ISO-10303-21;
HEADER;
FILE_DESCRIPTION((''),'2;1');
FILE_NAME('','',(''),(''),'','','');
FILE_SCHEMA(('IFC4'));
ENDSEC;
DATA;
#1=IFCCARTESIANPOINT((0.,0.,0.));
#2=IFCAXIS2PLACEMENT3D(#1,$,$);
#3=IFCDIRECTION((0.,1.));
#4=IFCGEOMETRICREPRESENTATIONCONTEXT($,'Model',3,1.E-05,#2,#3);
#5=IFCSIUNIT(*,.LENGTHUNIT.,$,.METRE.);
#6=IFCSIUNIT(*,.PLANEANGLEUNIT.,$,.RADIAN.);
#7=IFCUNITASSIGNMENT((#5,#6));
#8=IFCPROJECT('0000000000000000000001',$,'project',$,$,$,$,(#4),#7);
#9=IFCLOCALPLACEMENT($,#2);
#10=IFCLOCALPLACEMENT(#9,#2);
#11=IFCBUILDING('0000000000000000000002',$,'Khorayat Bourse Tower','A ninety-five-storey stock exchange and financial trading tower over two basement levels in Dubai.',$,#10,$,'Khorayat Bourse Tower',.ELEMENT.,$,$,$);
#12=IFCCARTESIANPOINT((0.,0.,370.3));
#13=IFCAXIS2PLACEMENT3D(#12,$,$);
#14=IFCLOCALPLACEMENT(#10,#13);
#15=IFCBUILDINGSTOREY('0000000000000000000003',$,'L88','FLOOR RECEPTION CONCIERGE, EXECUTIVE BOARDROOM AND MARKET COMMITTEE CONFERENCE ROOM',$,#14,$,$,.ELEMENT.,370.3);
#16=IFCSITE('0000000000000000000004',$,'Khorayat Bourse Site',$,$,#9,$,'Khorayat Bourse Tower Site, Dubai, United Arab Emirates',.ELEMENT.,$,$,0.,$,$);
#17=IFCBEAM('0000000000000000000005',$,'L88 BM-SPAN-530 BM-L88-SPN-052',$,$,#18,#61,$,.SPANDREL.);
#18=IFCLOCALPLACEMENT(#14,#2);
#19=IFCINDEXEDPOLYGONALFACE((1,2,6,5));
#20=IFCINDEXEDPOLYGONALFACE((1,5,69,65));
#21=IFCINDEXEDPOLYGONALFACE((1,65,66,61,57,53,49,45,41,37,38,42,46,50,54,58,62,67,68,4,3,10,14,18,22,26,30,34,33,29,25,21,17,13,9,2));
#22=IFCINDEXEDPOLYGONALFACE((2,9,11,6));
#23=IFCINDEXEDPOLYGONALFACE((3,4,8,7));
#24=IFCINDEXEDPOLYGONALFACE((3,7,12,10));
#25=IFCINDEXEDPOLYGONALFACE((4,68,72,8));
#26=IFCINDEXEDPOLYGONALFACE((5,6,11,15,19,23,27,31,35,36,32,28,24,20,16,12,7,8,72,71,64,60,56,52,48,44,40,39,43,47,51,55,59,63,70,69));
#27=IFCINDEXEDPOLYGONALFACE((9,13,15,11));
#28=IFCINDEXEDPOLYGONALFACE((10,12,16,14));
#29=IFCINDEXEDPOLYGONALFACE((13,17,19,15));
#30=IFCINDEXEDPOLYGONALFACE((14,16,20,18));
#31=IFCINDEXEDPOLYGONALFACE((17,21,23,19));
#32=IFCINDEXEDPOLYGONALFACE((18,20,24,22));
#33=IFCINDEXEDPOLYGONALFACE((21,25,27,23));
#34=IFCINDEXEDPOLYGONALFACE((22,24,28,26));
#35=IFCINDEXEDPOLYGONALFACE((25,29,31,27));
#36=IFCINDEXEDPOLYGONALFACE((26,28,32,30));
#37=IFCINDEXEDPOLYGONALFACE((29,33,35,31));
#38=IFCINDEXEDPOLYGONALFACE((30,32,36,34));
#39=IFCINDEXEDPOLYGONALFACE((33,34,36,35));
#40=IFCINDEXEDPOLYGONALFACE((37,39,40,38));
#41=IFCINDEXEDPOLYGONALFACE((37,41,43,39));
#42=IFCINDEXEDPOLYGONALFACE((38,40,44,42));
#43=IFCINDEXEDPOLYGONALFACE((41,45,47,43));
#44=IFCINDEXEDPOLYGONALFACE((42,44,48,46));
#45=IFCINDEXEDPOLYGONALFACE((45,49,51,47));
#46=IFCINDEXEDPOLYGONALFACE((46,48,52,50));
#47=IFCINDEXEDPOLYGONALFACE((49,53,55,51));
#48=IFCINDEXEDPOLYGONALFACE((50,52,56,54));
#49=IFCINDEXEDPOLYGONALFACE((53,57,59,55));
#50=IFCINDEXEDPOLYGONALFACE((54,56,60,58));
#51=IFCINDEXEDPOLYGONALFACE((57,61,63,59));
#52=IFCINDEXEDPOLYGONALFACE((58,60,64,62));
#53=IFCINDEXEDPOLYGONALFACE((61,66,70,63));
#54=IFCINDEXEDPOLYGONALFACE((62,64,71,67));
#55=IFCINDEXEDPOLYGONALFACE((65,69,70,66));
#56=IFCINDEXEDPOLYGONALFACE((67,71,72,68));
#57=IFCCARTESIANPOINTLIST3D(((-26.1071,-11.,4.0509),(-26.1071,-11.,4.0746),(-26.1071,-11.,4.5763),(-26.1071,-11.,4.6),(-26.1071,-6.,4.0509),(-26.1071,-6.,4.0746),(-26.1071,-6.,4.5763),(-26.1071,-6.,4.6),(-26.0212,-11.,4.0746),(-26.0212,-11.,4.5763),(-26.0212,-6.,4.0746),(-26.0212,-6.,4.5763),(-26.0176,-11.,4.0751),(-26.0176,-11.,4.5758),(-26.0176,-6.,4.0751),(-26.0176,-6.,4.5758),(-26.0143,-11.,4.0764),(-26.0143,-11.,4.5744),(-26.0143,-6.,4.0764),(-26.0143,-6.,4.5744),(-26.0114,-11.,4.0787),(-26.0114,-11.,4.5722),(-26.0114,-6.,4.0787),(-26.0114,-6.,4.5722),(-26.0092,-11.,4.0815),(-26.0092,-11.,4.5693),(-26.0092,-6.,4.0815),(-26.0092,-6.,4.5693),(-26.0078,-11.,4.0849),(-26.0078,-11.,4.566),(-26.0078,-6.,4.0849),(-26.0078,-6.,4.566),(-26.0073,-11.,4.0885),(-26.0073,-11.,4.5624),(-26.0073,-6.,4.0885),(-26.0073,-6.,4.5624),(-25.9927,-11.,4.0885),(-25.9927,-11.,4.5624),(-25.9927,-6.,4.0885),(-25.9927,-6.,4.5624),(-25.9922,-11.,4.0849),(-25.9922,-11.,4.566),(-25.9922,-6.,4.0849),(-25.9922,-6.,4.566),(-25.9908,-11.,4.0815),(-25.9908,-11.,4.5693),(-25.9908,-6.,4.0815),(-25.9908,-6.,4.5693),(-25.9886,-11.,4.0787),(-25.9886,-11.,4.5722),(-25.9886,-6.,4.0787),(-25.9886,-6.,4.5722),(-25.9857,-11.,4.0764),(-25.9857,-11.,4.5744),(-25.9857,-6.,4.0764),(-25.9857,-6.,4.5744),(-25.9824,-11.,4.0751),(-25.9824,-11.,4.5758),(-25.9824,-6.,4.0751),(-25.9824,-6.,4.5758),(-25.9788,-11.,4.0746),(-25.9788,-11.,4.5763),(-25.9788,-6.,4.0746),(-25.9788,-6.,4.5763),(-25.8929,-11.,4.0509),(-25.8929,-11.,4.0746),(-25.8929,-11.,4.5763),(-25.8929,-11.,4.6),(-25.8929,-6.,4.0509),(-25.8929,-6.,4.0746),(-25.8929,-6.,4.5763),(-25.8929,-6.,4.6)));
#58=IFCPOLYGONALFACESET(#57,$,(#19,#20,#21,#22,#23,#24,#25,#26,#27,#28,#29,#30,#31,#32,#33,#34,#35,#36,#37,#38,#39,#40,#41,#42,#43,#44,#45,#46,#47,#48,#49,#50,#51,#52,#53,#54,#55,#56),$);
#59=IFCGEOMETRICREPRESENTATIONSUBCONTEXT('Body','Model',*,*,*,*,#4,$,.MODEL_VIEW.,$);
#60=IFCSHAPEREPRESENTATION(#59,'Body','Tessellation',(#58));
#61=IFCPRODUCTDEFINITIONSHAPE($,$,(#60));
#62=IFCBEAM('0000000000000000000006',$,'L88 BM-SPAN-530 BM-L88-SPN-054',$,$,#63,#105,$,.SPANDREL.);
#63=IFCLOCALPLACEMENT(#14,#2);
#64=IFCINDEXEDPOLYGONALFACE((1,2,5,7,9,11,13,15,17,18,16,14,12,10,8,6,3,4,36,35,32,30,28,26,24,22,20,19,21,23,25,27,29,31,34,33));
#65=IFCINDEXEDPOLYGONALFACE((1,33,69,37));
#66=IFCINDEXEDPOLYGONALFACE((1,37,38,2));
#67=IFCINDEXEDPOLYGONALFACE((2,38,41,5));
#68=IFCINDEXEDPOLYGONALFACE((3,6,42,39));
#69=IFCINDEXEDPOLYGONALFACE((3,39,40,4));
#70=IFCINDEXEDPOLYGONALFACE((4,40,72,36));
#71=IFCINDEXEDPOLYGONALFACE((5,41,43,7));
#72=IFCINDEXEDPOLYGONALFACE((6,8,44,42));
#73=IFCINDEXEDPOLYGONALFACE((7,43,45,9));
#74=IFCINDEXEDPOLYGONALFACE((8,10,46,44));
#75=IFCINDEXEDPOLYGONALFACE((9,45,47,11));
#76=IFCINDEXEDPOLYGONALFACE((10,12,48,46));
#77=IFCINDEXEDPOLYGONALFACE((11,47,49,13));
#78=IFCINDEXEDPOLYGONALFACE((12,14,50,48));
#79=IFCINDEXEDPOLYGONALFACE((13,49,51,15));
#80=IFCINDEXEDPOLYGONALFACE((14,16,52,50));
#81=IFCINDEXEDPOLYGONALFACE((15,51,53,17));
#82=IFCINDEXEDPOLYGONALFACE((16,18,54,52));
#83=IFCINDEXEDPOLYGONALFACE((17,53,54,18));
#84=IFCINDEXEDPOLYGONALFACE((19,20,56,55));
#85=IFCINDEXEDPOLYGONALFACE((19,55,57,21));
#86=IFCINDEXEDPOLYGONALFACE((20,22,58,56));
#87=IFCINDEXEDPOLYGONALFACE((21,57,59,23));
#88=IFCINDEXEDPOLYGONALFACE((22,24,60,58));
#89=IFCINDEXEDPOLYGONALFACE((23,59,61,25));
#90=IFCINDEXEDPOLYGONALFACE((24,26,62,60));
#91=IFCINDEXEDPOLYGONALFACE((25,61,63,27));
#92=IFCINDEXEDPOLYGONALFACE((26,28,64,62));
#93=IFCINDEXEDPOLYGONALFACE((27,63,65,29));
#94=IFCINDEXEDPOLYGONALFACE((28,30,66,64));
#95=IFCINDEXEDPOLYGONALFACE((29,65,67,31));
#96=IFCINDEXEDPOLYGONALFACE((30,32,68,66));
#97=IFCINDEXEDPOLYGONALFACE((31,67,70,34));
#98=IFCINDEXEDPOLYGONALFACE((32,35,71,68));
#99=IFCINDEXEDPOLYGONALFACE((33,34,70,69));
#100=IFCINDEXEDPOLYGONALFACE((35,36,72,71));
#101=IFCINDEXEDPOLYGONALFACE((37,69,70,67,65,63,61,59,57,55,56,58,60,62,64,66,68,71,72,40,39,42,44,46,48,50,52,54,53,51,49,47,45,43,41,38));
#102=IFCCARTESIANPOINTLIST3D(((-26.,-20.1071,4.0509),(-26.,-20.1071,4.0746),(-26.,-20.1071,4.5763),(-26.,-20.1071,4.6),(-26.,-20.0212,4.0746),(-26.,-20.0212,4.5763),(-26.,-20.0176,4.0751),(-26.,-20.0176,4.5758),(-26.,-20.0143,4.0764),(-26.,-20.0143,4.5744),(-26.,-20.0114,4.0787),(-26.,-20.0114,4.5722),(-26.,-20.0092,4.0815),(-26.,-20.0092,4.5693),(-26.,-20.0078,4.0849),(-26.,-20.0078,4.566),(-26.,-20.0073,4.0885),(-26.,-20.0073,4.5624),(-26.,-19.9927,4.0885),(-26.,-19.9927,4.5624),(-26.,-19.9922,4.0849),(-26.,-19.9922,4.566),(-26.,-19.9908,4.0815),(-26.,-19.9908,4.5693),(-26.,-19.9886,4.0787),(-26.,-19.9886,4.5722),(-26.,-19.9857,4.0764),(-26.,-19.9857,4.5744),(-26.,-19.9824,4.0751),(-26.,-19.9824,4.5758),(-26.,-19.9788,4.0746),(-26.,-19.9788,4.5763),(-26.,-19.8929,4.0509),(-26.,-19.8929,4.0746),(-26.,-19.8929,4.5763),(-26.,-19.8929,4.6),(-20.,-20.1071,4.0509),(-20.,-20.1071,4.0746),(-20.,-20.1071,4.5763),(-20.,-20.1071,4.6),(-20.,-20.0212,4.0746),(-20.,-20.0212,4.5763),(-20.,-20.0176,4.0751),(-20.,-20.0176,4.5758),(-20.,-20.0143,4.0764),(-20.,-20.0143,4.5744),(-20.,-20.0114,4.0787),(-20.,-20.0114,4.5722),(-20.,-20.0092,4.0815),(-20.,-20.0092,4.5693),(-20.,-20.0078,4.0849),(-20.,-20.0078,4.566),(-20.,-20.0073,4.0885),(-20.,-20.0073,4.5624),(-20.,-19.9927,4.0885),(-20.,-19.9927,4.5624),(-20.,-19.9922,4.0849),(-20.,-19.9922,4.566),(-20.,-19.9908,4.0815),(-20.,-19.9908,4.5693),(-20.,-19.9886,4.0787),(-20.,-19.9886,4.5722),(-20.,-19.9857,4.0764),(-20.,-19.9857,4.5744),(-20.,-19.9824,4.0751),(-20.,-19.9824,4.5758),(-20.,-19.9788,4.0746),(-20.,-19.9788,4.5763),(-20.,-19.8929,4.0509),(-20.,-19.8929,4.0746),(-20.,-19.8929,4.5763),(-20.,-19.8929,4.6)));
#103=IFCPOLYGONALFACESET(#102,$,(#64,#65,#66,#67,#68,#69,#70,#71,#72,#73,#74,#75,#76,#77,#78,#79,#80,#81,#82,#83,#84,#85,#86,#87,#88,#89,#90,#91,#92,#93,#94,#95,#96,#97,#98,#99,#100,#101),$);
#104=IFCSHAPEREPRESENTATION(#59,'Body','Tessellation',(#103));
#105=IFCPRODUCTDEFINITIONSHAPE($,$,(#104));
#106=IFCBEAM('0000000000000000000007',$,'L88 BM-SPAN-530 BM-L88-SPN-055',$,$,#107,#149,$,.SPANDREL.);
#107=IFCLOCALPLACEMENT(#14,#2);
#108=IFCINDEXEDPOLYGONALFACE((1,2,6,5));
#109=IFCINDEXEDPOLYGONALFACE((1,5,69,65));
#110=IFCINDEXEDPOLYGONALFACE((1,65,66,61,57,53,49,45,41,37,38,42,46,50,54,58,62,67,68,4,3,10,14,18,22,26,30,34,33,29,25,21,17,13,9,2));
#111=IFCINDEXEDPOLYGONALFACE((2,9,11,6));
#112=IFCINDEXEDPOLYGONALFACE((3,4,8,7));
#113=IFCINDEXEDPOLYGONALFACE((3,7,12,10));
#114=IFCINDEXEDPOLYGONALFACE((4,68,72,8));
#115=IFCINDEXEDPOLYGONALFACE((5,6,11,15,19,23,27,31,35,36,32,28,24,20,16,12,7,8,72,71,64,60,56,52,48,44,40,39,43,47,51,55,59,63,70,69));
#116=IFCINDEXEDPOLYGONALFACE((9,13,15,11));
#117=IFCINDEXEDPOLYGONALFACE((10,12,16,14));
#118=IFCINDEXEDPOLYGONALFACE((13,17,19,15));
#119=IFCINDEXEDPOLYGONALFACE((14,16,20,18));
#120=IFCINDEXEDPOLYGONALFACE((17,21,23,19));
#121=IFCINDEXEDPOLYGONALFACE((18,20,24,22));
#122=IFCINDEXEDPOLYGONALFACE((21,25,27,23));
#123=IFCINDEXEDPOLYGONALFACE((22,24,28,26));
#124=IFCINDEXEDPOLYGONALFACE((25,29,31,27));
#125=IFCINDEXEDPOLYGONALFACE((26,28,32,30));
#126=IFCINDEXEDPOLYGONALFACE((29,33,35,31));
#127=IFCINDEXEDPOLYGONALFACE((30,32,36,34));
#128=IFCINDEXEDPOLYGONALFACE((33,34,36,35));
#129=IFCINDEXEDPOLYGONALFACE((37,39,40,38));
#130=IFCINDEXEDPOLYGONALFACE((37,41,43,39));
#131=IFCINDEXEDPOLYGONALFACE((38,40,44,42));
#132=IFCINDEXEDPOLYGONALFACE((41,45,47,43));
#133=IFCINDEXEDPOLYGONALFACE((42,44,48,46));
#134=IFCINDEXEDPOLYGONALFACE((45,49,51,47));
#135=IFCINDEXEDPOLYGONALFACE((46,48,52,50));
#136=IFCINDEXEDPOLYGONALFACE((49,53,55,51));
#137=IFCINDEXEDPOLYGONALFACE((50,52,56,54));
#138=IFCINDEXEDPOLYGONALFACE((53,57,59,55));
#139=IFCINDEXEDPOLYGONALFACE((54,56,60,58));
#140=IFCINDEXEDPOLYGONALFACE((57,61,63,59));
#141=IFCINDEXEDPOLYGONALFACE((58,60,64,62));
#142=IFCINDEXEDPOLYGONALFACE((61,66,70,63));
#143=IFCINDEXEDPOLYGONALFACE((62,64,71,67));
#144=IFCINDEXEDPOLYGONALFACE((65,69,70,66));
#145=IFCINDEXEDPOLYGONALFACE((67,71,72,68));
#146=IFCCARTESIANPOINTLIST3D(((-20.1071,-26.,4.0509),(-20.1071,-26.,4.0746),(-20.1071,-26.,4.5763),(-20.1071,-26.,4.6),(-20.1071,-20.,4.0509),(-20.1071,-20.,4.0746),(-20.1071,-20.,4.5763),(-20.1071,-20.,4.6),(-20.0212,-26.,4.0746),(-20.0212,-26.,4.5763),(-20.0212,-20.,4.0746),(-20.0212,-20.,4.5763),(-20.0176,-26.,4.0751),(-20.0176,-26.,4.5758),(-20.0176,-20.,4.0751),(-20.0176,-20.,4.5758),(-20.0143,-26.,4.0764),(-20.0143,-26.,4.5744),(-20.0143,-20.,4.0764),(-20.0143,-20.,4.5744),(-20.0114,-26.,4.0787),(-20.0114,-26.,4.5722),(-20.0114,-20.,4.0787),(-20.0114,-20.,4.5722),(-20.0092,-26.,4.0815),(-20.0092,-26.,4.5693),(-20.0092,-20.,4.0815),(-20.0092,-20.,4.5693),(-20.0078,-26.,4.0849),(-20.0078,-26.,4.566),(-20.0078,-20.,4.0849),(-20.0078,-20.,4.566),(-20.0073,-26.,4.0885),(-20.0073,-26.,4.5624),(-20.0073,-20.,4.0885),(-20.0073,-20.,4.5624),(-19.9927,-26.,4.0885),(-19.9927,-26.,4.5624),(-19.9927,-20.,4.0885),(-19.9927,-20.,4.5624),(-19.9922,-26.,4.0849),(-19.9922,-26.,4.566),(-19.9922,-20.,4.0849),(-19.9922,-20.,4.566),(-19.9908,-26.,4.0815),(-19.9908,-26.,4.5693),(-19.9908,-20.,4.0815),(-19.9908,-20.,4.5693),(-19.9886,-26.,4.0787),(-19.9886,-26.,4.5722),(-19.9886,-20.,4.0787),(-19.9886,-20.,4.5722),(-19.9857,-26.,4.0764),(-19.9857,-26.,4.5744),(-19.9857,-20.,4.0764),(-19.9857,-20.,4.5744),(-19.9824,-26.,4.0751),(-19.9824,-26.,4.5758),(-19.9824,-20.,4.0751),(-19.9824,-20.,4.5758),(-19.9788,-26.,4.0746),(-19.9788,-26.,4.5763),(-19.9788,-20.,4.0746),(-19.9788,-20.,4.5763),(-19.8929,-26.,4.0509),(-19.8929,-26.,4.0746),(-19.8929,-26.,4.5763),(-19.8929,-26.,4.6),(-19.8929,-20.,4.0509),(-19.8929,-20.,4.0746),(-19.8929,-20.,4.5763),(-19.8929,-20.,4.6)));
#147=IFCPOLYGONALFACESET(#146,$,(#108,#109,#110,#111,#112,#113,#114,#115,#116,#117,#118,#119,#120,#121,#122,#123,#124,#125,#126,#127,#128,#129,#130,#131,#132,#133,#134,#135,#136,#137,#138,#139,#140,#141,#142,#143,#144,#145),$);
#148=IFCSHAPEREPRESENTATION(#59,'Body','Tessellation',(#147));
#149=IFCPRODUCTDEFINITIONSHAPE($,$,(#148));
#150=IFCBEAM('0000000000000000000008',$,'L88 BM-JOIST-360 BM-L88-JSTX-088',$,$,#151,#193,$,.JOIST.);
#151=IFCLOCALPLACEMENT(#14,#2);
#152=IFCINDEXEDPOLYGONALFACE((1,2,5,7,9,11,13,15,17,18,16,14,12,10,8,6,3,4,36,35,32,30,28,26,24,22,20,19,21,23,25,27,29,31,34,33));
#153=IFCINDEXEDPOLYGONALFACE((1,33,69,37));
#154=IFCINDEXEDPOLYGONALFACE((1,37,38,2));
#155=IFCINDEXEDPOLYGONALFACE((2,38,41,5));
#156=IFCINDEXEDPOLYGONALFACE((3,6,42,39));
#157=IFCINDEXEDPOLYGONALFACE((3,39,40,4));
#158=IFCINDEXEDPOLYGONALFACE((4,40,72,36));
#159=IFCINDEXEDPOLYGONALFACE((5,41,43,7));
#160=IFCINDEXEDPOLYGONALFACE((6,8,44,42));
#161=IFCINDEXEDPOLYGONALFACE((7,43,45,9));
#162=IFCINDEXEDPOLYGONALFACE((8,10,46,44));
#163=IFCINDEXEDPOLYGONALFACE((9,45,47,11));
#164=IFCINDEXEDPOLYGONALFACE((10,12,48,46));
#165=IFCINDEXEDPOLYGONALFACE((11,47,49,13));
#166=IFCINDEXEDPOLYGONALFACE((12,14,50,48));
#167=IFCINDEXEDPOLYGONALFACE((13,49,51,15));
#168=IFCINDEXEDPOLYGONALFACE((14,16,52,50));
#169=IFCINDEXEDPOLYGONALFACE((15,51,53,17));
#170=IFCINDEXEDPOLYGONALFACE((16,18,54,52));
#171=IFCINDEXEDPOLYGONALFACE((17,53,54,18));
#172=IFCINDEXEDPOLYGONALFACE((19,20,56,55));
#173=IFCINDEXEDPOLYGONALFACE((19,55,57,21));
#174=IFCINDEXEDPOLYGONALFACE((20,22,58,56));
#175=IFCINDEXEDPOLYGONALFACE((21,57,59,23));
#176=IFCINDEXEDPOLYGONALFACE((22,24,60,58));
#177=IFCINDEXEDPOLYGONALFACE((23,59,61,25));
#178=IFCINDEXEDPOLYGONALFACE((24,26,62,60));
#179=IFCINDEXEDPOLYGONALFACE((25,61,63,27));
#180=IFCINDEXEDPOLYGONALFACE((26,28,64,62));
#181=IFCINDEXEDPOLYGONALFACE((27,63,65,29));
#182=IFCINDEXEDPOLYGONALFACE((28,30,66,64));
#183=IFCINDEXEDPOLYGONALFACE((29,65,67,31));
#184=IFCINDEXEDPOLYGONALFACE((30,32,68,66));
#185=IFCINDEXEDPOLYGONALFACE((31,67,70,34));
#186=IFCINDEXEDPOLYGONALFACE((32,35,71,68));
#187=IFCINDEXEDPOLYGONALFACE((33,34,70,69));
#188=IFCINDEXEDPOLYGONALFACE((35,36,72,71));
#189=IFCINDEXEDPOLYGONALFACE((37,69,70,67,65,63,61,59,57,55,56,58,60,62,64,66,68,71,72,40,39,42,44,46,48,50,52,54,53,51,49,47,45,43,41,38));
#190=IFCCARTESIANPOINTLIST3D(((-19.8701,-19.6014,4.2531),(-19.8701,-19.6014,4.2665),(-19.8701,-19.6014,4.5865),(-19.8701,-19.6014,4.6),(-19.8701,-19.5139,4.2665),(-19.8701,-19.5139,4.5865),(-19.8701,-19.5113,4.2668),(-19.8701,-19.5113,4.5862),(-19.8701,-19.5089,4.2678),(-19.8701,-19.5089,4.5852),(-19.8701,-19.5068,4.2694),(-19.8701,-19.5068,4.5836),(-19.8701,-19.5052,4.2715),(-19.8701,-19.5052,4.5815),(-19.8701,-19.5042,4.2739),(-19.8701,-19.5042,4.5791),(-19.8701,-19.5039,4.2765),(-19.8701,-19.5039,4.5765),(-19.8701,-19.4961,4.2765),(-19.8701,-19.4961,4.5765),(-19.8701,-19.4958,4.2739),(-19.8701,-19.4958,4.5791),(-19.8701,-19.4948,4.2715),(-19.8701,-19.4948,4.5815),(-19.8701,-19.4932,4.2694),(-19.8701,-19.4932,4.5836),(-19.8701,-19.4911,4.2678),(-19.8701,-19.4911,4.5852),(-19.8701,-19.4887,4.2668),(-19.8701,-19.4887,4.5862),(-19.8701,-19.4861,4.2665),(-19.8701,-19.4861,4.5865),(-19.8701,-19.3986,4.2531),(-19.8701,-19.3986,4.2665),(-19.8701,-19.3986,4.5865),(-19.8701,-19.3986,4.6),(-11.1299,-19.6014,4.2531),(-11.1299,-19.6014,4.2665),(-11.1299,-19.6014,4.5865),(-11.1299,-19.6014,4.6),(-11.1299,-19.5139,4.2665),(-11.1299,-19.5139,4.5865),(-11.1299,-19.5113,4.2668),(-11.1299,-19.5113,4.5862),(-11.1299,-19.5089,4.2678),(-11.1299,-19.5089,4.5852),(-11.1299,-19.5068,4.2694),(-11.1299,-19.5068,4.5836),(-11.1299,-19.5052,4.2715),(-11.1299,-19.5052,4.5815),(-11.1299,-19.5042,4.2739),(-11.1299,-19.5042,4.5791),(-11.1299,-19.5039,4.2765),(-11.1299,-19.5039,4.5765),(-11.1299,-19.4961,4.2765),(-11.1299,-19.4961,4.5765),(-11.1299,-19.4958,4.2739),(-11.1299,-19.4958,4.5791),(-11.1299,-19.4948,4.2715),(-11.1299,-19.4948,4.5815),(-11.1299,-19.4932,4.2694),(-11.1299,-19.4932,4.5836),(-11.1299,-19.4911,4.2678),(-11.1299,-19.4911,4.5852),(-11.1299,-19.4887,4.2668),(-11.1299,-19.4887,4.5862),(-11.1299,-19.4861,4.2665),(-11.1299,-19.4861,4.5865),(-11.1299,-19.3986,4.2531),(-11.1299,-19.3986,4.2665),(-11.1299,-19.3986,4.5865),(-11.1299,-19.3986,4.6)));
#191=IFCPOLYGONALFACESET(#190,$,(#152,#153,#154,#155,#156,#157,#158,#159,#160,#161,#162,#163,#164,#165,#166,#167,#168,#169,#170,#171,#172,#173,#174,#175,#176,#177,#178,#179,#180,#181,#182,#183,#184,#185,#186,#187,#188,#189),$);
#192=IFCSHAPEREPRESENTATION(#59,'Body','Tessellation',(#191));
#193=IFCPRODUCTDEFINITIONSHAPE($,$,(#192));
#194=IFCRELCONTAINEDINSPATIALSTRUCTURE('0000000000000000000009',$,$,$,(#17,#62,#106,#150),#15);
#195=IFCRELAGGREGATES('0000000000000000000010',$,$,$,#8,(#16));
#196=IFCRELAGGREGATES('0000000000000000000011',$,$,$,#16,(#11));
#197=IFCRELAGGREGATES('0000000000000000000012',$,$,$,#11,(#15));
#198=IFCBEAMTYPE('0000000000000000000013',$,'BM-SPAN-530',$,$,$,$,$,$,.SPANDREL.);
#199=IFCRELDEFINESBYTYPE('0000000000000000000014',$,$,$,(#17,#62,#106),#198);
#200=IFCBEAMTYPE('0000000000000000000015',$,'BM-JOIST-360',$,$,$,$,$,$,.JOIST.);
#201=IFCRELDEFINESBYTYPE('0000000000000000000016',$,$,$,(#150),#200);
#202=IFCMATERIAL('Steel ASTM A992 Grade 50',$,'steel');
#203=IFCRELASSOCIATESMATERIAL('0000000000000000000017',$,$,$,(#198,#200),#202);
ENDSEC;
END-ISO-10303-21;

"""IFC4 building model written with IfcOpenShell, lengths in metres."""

from ifc_helpers import new_model, si_unit, direction, frame, origin, origin_2d, place, context, subcontext, project, spatial, i_section, extrude, source, transform, mapped, material, material_profile, profile_set, type_object, element, save


model = new_model("IFC4")

# Units and contexts
model_context = context("Model", 3, precision=1e-05, world=origin(), true_north=direction((0.0, 1.0)))
body_context = subcontext(model_context, "Body", "Model", "MODEL_VIEW")
ifc_project = project(units=[si_unit("LENGTHUNIT", "METRE"), si_unit("PLANEANGLEUNIT", "RADIAN")], contexts=[model_context])

# Site, building, storey
site_placement = place(None, origin())
site = spatial("IfcSite", under=ifc_project, at=site_placement, Name="Khorayat Bourse Site", LongName="Khorayat Bourse Tower Site, Dubai, United Arab Emirates", CompositionType="ELEMENT", RefElevation=0.0)
building_placement = place(site_placement, origin())
building = spatial("IfcBuilding", under=site, at=building_placement, Name="Khorayat Bourse Tower", Description="A ninety-five-storey stock exchange and financial trading tower over two basement levels in Dubai.", LongName="Khorayat Bourse Tower", CompositionType="ELEMENT")
storey_placement = place(building_placement, frame((0.0, 0.0, 370.3)))
storey = spatial("IfcBuildingStorey", under=building, at=storey_placement, Name="L88", Description="FLOOR RECEPTION CONCIERGE, EXECUTIVE BOARDROOM AND MARKET COMMITTEE CONFERENCE ROOM", CompositionType="ELEMENT", Elevation=370.3)

# Beams
ifc_material_1 = material(Name="Steel ASTM A992 Grade 50", Category="steel")
ifc_material_profile_1 = material_profile(ifc_material_1, i_section(OverallWidth=0.2141, OverallDepth=0.5491, WebThickness=0.0146, FlangeThickness=0.0237, FilletRadius=0.0139, at=origin_2d()), Name="W530X138")
ifc_profile_set_1 = profile_set([ifc_material_profile_1], Name="Steel ASTM A992 Grade 50")
beam_type_1 = type_object("IfcBeamType", Name="BM-SPAN-530", PredefinedType="SPANDREL", material=ifc_profile_set_1)
shared_shape_1 = source(origin(), body_context, "Body", "SweptSolid", [
    extrude(i_section(OverallWidth=0.2141, OverallDepth=0.5491, WebThickness=0.0146, FlangeThickness=0.0237, FilletRadius=0.0139, at=origin_2d()), origin(), (0.0, 0.0, 1.0), 5.0),
])
beam_1_placement = place(storey_placement, frame((-26.0, -11.0, 4.3254), z_axis=(0.0, 1.0, 0.0), x_axis=(-1.0, 0.0, 0.0)))
element("IfcBeam", 1, at=beam_1_placement, inside=storey, type_object=beam_type_1, Name="L88 BM-SPAN-530 BM-L88-SPN-052", PredefinedType="SPANDREL", context=body_context, shape_type="MappedRepresentation", body=[
    mapped(shared_shape_1, transform((0.0, 0.0, 0.0), scale=1.0)),
])
shared_shape_2 = source(origin(), body_context, "Body", "SweptSolid", [
    extrude(i_section(OverallWidth=0.2141, OverallDepth=0.5491, WebThickness=0.0146, FlangeThickness=0.0237, FilletRadius=0.0139, at=origin_2d()), origin(), (0.0, 0.0, 1.0), 6.0),
])
for number, where, z_axis, x_axis, name in (
    (2, (-26.0, -20.0, 4.3254), (1.0, 0.0, 0.0), (0.0, 1.0, 0.0), "L88 BM-SPAN-530 BM-L88-SPN-054"),
    (3, (-20.0, -26.0, 4.3254), (0.0, 1.0, 0.0), (-1.0, 0.0, 0.0), "L88 BM-SPAN-530 BM-L88-SPN-055"),
):
    element("IfcBeam", number, at=place(storey_placement, frame(where, z_axis=z_axis, x_axis=x_axis)), inside=storey, type_object=beam_type_1, Name=name, PredefinedType="SPANDREL", context=body_context, shape_type="MappedRepresentation", body=[
        mapped(shared_shape_2, transform((0.0, 0.0, 0.0), scale=1.0)),
    ])
ifc_material_profile_2 = material_profile(ifc_material_1, i_section(OverallWidth=0.2029, OverallDepth=0.3469, WebThickness=0.0078, FlangeThickness=0.0134, FilletRadius=0.01, at=origin_2d()), Name="W360X64")
ifc_profile_set_2 = profile_set([ifc_material_profile_2], Name="Steel ASTM A992 Grade 50")
beam_type_2 = type_object("IfcBeamType", Name="BM-JOIST-360", PredefinedType="JOIST", material=ifc_profile_set_2)
shared_shape_3 = source(origin(), body_context, "Body", "SweptSolid", [
    extrude(i_section(OverallWidth=0.2029, OverallDepth=0.3469, WebThickness=0.0078, FlangeThickness=0.0134, FilletRadius=0.01, at=origin_2d()), origin(), (0.0, 0.0, 1.0), 8.7402),
])
beam_2_placement = place(storey_placement, frame((-19.8701, -19.5, 4.4265), z_axis=(1.0, 0.0, 0.0), x_axis=(0.0, 1.0, 0.0)))
element("IfcBeam", 4, at=beam_2_placement, inside=storey, type_object=beam_type_2, Name="L88 BM-JOIST-360 BM-L88-JSTX-088", PredefinedType="JOIST", context=body_context, shape_type="MappedRepresentation", body=[
    mapped(shared_shape_3, transform((0.0, 0.0, 0.0), scale=1.0)),
])

save(model, "model.ifc")
